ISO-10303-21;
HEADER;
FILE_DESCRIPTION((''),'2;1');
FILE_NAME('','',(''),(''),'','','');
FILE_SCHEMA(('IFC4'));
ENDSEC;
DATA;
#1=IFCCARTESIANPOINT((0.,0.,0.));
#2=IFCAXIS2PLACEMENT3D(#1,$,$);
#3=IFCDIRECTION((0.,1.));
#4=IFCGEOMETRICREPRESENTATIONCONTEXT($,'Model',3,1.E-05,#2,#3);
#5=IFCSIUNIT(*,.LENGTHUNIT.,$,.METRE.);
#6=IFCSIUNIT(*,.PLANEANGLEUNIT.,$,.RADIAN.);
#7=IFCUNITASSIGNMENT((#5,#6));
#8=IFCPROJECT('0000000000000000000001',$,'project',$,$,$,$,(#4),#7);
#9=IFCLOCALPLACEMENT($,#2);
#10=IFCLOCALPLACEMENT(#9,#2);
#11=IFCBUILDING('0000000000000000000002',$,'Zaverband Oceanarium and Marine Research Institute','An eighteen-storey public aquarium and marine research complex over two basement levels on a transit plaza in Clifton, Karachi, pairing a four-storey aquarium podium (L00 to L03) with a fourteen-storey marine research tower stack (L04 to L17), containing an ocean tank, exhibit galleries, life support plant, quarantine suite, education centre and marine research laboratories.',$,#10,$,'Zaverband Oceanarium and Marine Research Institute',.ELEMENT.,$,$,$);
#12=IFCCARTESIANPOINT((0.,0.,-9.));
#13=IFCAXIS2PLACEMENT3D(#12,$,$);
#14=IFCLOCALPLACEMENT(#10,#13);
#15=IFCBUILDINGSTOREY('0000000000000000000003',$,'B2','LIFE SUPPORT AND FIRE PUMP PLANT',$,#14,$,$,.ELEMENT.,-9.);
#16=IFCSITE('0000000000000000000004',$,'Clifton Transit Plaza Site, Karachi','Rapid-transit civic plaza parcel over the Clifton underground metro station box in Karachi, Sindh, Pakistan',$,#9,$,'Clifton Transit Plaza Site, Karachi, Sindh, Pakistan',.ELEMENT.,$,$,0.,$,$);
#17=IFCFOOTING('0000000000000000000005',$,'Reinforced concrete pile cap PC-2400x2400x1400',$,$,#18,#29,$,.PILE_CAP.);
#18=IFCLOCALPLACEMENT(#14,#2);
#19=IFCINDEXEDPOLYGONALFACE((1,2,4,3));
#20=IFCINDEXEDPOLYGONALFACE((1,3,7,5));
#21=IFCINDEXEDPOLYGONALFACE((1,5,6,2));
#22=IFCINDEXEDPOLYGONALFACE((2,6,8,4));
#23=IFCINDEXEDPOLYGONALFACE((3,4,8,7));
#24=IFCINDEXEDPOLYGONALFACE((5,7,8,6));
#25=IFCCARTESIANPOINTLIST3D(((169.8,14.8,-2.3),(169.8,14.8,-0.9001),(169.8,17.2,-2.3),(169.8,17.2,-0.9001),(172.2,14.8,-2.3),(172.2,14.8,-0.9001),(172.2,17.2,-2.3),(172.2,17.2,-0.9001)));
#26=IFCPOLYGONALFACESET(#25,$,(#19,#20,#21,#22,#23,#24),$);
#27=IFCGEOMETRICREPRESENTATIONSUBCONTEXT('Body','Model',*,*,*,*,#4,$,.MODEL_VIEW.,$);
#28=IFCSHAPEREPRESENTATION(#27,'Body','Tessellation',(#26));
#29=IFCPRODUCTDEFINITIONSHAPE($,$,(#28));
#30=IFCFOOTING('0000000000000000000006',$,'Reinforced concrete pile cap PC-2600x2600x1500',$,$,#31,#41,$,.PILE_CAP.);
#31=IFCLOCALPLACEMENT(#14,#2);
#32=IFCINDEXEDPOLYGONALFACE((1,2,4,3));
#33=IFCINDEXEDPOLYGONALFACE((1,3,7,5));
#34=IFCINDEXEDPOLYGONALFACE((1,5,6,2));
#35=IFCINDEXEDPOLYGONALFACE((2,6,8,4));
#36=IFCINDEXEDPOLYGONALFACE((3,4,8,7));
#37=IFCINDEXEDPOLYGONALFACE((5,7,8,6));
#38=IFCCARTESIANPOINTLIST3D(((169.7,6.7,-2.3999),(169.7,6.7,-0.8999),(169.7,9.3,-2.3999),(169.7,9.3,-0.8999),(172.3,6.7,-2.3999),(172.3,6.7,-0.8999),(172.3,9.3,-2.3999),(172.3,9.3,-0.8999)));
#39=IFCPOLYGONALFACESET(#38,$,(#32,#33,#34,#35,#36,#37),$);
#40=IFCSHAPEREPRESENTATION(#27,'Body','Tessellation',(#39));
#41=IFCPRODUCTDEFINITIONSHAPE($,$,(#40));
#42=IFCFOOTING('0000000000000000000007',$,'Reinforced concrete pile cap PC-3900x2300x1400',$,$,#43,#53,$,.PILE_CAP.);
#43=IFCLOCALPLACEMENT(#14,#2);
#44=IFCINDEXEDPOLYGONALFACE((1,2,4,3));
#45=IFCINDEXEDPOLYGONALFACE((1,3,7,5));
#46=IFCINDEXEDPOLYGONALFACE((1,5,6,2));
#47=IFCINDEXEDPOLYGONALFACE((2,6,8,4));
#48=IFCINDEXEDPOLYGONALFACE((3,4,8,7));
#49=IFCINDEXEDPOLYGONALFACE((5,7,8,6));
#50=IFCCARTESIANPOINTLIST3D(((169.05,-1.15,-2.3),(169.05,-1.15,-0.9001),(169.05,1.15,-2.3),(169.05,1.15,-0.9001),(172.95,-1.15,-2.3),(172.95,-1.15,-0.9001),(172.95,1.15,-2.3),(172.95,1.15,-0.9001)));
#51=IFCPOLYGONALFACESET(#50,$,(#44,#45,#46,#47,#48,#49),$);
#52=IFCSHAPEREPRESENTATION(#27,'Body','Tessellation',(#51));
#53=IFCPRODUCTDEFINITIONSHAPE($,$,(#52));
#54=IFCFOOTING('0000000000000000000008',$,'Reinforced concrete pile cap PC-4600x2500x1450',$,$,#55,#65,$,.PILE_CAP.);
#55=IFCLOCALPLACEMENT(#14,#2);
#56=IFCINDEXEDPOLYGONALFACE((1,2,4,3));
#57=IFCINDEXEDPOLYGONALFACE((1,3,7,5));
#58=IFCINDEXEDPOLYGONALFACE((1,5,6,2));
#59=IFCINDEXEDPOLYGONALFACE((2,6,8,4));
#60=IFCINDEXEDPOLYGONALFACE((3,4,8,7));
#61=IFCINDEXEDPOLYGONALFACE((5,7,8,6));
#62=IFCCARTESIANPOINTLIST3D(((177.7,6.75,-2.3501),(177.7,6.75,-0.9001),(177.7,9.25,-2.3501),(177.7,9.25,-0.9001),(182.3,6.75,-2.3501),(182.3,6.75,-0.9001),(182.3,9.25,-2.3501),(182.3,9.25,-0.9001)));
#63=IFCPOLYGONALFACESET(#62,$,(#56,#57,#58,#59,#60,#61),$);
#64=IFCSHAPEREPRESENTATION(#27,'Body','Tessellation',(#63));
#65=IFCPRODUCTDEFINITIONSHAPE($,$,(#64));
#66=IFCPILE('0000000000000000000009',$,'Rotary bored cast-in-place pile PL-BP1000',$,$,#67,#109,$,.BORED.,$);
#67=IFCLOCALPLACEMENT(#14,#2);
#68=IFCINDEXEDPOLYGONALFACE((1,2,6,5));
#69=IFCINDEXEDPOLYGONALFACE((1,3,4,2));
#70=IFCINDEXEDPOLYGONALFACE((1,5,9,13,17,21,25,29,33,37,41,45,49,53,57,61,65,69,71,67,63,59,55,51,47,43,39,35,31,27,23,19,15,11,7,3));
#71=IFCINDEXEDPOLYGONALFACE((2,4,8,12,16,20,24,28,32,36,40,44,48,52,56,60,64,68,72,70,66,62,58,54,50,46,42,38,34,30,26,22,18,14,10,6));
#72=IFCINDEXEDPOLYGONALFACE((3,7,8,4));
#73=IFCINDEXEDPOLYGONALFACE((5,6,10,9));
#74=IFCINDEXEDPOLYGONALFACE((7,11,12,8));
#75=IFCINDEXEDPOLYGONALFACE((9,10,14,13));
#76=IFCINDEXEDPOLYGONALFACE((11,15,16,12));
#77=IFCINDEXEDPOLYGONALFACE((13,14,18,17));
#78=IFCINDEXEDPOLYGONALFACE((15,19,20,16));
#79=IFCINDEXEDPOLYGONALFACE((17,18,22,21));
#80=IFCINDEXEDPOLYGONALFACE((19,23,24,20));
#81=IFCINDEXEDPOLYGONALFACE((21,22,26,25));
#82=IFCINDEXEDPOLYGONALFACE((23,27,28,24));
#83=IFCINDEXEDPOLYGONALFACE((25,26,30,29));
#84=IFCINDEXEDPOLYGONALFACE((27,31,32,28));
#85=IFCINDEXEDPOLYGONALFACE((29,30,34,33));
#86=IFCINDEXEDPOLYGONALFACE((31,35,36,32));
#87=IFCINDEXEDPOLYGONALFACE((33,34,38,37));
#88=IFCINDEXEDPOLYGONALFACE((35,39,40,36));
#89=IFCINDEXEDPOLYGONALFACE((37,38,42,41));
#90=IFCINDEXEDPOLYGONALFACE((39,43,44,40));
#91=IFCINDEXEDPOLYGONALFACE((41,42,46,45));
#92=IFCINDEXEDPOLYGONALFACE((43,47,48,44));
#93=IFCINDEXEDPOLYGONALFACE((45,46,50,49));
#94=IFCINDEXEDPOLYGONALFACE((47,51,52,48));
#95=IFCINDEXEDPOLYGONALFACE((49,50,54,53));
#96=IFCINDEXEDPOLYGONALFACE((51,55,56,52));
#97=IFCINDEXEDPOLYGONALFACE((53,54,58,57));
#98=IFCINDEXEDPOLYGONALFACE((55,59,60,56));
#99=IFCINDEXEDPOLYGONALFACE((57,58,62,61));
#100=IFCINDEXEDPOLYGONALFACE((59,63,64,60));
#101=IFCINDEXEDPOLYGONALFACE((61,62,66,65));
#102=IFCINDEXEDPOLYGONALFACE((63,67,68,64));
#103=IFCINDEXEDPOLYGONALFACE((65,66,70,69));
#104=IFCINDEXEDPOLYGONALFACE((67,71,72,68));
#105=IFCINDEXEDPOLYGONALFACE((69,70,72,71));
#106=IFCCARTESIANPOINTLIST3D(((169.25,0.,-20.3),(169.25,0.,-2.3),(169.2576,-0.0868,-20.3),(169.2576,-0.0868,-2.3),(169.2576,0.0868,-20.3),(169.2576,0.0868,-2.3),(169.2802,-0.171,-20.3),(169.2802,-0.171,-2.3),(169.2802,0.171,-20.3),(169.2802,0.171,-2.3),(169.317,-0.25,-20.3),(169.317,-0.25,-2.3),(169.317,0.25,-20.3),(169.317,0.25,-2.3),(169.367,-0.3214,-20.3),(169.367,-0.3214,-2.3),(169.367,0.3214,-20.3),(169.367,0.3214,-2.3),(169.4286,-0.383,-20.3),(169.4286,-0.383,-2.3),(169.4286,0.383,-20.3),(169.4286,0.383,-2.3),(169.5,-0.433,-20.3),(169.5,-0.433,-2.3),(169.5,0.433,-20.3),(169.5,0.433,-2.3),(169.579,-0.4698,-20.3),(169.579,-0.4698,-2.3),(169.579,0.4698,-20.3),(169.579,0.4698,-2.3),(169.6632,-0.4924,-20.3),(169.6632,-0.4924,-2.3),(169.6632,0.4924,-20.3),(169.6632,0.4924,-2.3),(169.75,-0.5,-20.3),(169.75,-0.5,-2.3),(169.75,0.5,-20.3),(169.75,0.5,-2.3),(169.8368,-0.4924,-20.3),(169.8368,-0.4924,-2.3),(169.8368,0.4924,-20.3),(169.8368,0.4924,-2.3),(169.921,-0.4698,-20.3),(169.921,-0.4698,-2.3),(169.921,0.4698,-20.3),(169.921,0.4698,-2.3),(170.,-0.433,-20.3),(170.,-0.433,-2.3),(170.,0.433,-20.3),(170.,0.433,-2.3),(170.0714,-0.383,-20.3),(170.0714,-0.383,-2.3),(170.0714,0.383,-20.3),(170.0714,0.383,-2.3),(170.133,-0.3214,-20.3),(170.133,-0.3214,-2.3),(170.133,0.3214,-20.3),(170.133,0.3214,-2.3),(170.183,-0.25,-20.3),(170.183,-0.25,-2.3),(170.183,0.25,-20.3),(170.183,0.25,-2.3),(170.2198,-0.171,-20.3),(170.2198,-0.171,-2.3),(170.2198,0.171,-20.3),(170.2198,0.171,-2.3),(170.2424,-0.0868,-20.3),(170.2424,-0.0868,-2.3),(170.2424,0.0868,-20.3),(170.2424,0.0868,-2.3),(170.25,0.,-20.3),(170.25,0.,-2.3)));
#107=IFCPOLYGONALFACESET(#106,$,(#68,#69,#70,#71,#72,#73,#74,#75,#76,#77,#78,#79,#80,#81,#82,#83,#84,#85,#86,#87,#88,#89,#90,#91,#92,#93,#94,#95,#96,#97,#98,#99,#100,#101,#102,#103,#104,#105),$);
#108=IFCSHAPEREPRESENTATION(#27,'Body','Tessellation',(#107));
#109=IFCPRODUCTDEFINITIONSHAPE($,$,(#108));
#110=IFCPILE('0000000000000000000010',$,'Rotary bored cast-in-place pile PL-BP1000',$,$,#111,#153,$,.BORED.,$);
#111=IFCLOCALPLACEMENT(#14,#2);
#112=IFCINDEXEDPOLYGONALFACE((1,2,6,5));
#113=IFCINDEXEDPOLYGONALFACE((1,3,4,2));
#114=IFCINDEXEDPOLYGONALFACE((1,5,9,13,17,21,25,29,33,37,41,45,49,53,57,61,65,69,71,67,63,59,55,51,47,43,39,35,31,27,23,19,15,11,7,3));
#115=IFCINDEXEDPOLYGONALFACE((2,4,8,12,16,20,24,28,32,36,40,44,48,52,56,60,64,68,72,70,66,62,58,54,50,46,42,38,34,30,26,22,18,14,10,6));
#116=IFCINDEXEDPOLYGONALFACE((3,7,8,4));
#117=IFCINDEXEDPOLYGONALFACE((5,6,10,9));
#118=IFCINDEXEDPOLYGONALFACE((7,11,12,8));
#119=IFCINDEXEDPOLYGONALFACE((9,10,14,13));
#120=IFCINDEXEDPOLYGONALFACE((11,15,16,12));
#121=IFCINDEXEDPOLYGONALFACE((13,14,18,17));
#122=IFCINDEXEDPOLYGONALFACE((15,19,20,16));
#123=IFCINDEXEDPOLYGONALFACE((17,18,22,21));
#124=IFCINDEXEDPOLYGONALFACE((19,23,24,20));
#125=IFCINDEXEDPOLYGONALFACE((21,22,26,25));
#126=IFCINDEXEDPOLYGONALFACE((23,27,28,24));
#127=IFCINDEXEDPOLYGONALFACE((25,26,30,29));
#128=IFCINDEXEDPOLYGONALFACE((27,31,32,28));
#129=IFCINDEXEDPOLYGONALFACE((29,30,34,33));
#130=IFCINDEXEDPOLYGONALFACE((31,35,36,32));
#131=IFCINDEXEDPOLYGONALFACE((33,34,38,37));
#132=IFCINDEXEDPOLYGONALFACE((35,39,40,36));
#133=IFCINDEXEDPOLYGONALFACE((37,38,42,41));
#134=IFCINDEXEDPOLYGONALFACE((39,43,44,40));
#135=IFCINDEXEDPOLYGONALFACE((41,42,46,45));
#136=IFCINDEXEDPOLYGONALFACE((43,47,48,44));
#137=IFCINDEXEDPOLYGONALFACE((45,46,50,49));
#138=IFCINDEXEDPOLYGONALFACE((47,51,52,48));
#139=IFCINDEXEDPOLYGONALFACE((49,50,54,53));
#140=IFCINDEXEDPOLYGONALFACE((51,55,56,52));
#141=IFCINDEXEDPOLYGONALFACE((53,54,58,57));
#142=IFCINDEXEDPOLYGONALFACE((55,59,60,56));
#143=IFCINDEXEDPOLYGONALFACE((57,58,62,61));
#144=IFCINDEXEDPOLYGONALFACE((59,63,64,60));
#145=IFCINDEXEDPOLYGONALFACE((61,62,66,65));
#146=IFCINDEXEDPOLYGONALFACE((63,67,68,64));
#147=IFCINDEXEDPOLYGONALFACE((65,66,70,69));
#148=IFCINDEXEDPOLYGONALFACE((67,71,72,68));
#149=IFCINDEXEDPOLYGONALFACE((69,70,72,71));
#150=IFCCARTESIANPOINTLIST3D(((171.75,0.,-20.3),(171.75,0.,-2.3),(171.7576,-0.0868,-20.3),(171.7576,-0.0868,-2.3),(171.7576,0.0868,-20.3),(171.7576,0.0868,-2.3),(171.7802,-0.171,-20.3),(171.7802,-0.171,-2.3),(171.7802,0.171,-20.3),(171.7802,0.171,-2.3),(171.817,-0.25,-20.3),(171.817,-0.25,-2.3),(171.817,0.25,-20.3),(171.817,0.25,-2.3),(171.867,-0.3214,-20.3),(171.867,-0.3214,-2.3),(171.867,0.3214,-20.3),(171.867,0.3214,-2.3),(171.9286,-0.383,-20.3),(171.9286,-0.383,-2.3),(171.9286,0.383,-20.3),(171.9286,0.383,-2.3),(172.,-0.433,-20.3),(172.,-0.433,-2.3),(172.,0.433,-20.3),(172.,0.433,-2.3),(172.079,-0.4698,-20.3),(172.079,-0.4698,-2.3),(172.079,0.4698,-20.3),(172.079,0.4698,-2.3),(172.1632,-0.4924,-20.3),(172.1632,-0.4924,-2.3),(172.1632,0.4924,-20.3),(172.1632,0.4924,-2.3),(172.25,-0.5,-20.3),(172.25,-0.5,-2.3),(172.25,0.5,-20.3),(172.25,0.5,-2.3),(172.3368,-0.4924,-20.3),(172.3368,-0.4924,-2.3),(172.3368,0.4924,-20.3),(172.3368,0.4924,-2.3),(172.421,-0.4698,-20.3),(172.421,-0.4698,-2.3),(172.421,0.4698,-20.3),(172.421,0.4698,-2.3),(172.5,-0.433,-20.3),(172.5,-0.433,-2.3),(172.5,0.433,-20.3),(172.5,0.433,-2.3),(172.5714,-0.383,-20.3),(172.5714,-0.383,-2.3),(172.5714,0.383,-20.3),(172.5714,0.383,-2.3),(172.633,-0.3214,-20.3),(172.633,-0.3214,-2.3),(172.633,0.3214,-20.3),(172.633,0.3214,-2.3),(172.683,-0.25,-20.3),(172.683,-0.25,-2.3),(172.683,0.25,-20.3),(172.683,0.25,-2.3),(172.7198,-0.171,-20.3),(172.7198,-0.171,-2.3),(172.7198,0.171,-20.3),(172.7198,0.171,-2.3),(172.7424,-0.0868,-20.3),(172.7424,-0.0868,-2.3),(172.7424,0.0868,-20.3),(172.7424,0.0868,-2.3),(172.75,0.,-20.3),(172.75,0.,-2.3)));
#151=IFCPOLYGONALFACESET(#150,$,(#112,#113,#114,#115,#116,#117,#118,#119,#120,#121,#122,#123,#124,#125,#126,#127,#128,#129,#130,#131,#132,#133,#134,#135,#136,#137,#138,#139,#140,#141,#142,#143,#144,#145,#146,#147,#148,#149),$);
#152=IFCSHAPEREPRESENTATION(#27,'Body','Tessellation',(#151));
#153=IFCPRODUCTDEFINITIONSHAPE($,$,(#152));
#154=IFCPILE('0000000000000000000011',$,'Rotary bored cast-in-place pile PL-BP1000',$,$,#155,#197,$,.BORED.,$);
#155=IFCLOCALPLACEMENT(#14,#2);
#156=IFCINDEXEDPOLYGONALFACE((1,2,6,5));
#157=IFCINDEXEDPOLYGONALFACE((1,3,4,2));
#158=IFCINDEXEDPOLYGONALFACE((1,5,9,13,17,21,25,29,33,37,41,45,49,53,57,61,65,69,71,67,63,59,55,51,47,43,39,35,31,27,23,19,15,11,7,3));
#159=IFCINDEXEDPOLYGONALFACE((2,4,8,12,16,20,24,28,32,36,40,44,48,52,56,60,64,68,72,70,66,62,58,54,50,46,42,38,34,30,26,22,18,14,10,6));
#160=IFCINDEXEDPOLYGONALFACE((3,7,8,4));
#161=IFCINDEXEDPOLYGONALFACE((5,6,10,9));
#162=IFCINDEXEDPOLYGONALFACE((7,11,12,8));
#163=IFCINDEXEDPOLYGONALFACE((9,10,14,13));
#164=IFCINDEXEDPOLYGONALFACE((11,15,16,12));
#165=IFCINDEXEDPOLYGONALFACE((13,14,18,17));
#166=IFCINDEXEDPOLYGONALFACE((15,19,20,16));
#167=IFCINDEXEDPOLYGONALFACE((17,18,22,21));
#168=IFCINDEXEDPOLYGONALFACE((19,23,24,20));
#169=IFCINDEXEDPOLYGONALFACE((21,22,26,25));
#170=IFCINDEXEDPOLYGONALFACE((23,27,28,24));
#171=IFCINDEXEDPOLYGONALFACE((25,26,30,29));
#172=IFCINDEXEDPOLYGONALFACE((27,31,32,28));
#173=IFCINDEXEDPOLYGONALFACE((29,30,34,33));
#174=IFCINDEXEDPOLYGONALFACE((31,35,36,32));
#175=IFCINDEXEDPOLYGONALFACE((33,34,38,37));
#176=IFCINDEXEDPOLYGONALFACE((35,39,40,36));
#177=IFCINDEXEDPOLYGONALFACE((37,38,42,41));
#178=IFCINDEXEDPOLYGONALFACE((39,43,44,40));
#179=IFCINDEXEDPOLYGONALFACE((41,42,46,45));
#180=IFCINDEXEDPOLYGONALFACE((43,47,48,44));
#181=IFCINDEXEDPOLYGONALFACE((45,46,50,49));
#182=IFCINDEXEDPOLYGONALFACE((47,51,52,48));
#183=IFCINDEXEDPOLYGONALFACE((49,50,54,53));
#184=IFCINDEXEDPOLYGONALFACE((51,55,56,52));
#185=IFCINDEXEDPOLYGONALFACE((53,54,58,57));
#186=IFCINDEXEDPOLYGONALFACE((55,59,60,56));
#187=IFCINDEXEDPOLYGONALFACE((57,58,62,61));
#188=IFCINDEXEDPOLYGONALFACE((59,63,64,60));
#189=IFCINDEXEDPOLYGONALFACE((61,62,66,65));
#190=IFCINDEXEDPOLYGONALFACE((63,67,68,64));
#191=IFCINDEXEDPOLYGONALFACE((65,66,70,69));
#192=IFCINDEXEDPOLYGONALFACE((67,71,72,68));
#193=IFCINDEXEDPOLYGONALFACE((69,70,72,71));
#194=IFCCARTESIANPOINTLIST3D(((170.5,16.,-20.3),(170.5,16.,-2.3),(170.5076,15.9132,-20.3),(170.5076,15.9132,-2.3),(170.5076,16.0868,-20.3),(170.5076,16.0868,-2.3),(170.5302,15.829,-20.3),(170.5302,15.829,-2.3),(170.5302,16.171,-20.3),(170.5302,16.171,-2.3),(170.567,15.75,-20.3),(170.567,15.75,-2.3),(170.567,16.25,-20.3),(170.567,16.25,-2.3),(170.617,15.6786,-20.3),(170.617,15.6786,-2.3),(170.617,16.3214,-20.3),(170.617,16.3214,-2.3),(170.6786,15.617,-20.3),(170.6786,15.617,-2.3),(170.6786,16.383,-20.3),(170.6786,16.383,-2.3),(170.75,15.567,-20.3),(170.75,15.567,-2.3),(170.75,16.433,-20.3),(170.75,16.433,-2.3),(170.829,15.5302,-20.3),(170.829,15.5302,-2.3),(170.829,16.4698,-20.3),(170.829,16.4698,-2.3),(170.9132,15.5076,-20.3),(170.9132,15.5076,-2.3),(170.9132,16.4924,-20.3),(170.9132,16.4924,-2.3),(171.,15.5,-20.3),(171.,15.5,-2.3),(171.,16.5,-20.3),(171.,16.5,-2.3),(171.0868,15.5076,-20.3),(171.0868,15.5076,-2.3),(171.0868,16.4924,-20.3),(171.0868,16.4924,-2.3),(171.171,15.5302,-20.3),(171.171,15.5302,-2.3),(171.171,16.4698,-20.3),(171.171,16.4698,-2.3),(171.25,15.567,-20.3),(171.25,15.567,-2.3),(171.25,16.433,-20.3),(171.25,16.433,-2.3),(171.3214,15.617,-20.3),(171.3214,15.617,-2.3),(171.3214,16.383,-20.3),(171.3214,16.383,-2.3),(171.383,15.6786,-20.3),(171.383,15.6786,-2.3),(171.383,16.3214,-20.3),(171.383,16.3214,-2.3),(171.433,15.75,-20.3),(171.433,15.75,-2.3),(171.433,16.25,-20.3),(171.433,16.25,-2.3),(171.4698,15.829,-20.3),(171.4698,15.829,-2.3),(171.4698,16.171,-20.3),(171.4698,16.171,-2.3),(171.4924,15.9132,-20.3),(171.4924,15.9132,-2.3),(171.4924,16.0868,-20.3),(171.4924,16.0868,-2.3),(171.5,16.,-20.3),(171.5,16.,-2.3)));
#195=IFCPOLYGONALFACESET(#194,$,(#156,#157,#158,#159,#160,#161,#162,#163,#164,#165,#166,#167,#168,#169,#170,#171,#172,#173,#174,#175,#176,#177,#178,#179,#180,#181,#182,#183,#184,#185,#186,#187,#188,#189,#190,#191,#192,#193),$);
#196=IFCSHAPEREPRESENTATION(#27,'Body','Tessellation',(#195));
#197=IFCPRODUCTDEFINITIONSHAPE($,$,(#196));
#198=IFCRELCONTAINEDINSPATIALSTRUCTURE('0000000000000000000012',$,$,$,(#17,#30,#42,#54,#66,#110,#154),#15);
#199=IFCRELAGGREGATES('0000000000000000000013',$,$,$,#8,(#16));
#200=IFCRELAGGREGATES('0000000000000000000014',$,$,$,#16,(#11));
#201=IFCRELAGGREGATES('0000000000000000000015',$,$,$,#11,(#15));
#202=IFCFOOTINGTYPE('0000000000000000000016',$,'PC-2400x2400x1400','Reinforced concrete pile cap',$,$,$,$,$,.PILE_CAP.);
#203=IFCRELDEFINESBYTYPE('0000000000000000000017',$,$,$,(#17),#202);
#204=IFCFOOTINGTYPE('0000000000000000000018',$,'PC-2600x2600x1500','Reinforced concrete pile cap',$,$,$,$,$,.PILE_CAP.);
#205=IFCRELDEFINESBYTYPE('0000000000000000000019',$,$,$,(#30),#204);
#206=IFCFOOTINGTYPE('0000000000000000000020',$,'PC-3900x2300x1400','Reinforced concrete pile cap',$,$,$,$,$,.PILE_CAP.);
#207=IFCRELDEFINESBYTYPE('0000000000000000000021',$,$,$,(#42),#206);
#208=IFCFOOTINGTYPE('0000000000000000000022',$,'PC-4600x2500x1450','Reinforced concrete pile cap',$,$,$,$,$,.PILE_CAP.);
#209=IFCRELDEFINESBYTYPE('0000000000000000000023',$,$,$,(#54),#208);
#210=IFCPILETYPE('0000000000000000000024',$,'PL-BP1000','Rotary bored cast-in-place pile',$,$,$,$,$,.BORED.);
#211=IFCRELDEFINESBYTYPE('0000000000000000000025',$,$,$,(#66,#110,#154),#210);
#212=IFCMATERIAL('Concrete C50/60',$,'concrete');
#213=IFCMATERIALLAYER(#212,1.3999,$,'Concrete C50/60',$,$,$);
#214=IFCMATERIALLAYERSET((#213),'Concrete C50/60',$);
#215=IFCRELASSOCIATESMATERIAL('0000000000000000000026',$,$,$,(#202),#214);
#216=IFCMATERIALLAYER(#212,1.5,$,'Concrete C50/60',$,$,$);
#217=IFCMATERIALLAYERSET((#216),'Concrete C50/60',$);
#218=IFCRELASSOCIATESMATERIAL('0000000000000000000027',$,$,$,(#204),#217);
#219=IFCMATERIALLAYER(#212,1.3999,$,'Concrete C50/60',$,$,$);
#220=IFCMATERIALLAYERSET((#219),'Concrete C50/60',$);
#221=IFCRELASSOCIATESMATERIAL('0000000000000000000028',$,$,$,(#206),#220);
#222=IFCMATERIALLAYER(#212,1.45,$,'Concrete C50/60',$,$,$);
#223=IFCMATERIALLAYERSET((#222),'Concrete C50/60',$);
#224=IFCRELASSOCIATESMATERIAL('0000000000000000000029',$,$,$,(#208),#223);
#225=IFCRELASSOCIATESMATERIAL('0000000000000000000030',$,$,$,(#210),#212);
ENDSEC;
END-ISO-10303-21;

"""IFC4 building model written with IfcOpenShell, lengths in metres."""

from ifc_helpers import new_model, si_unit, direction, frame, origin, origin_2d, place, context, subcontext, project, spatial, rectangle, circle, extrude, material, layer, layer_set, material_profile, profile_set, type_object, element, save


model = new_model("IFC4")

# Units and contexts
model_context = context("Model", 3, precision=1e-05, world=origin(), true_north=direction((0.0, 1.0)))
body_context = subcontext(model_context, "Body", "Model", "MODEL_VIEW")
ifc_project = project(units=[si_unit("LENGTHUNIT", "METRE"), si_unit("PLANEANGLEUNIT", "RADIAN")], contexts=[model_context])

# Site, building, storey
site_placement = place(None, origin())
site = spatial("IfcSite", under=ifc_project, at=site_placement, Name="Clifton Transit Plaza Site, Karachi", Description="Rapid-transit civic plaza parcel over the Clifton underground metro station box in Karachi, Sindh, Pakistan", LongName="Clifton Transit Plaza Site, Karachi, Sindh, Pakistan", CompositionType="ELEMENT", RefElevation=0.0)
building_placement = place(site_placement, origin())
building = spatial("IfcBuilding", under=site, at=building_placement, Name="Zaverband Oceanarium and Marine Research Institute", Description="An eighteen-storey public aquarium and marine research complex over two basement levels on a transit plaza in Clifton, Karachi, pairing a four-storey aquarium podium (L00 to L03) with a fourteen-storey marine research tower stack (L04 to L17), containing an ocean tank, exhibit galleries, life support plant, quarantine suite, education centre and marine research laboratories.", LongName="Zaverband Oceanarium and Marine Research Institute", CompositionType="ELEMENT")
storey_placement = place(building_placement, frame((0.0, 0.0, -9.0)))
storey = spatial("IfcBuildingStorey", under=building, at=storey_placement, Name="B2", Description="LIFE SUPPORT AND FIRE PUMP PLANT", CompositionType="ELEMENT", Elevation=-9.0)

# Footings
ifc_material_1 = material(Name="Concrete C50/60", Category="concrete")
ifc_layer_1 = layer(ifc_material_1, 1.3999, Name="Concrete C50/60")
ifc_layer_set_1 = layer_set([ifc_layer_1], Name="Concrete C50/60")
footing_type_1 = type_object("IfcFootingType", Name="PC-2400x2400x1400", Description="Reinforced concrete pile cap", PredefinedType="PILE_CAP", material=ifc_layer_set_1)
footing_1_placement = place(storey_placement, frame((171.0, 16.0, -2.3), z_axis=(0.0, 0.0, 1.0), x_axis=(1.0, 0.0, 0.0)))
element("IfcFooting", 1, at=footing_1_placement, inside=storey, type_object=footing_type_1, Name="Reinforced concrete pile cap PC-2400x2400x1400", PredefinedType="PILE_CAP", context=body_context, shape_type="SweptSolid", body=[
    extrude(rectangle(XDim=2.3999, YDim=2.3999, at=origin_2d()), origin(), (0.0, 0.0, 1.0), 1.3999),
])
ifc_layer_2 = layer(ifc_material_1, 1.5, Name="Concrete C50/60")
ifc_layer_set_2 = layer_set([ifc_layer_2], Name="Concrete C50/60")
footing_type_2 = type_object("IfcFootingType", Name="PC-2600x2600x1500", Description="Reinforced concrete pile cap", PredefinedType="PILE_CAP", material=ifc_layer_set_2)
footing_2_placement = place(storey_placement, frame((171.0, 8.0, -2.3999), z_axis=(0.0, 0.0, 1.0), x_axis=(1.0, 0.0, 0.0)))
element("IfcFooting", 2, at=footing_2_placement, inside=storey, type_object=footing_type_2, Name="Reinforced concrete pile cap PC-2600x2600x1500", PredefinedType="PILE_CAP", context=body_context, shape_type="SweptSolid", body=[
    extrude(rectangle(XDim=2.6001, YDim=2.6001, at=origin_2d()), origin(), (0.0, 0.0, 1.0), 1.5),
])
ifc_layer_3 = layer(ifc_material_1, 1.3999, Name="Concrete C50/60")
ifc_layer_set_3 = layer_set([ifc_layer_3], Name="Concrete C50/60")
footing_type_3 = type_object("IfcFootingType", Name="PC-3900x2300x1400", Description="Reinforced concrete pile cap", PredefinedType="PILE_CAP", material=ifc_layer_set_3)
footing_3_placement = place(storey_placement, frame((171.0, 0.0, -2.3), z_axis=(0.0, 0.0, 1.0), x_axis=(1.0, 0.0, 0.0)))
element("IfcFooting", 3, at=footing_3_placement, inside=storey, type_object=footing_type_3, Name="Reinforced concrete pile cap PC-3900x2300x1400", PredefinedType="PILE_CAP", context=body_context, shape_type="SweptSolid", body=[
    extrude(rectangle(XDim=3.8999, YDim=2.3, at=origin_2d()), origin(), (0.0, 0.0, 1.0), 1.3999),
])
ifc_layer_4 = layer(ifc_material_1, 1.45, Name="Concrete C50/60")
ifc_layer_set_4 = layer_set([ifc_layer_4], Name="Concrete C50/60")
footing_type_4 = type_object("IfcFootingType", Name="PC-4600x2500x1450", Description="Reinforced concrete pile cap", PredefinedType="PILE_CAP", material=ifc_layer_set_4)
footing_4_placement = place(storey_placement, frame((180.0, 8.0, -2.3501), z_axis=(0.0, 0.0, 1.0), x_axis=(1.0, 0.0, 0.0)))
element("IfcFooting", 4, at=footing_4_placement, inside=storey, type_object=footing_type_4, Name="Reinforced concrete pile cap PC-4600x2500x1450", PredefinedType="PILE_CAP", context=body_context, shape_type="SweptSolid", body=[
    extrude(rectangle(XDim=4.6001, YDim=2.5, at=origin_2d()), origin(), (0.0, 0.0, 1.0), 1.45),
])

# Piles
ifc_material_profile_1 = material_profile(ifc_material_1, circle(Radius=0.5, at=origin_2d()), Name="BP1000")
ifc_profile_set_1 = profile_set([ifc_material_profile_1], Name="Concrete C50/60")
pile_type_1 = type_object("IfcPileType", Name="PL-BP1000", Description="Rotary bored cast-in-place pile", PredefinedType="BORED", material=ifc_profile_set_1)
for number, where, z_axis, x_axis, name in (
    (5, (169.75, 0.0, -2.3), (0.0, 0.0, -1.0), (1.0, 0.0, 0.0), "Rotary bored cast-in-place pile PL-BP1000"),
    (6, (172.25, 0.0, -2.3), (0.0, 0.0, -1.0), (1.0, 0.0, 0.0), "Rotary bored cast-in-place pile PL-BP1000"),
    (7, (171.0, 16.0, -2.3), (0.0, 0.0, -1.0), (1.0, 0.0, 0.0), "Rotary bored cast-in-place pile PL-BP1000"),
):
    element("IfcPile", number, at=place(storey_placement, frame(where, z_axis=z_axis, x_axis=x_axis)), inside=storey, type_object=pile_type_1, Name=name, PredefinedType="BORED", context=body_context, shape_type="SweptSolid", body=[
        extrude(circle(Radius=0.5, at=origin_2d()), origin(), (0.0, 0.0, 1.0), 18.0),
    ])

save(model, "model.ifc")
